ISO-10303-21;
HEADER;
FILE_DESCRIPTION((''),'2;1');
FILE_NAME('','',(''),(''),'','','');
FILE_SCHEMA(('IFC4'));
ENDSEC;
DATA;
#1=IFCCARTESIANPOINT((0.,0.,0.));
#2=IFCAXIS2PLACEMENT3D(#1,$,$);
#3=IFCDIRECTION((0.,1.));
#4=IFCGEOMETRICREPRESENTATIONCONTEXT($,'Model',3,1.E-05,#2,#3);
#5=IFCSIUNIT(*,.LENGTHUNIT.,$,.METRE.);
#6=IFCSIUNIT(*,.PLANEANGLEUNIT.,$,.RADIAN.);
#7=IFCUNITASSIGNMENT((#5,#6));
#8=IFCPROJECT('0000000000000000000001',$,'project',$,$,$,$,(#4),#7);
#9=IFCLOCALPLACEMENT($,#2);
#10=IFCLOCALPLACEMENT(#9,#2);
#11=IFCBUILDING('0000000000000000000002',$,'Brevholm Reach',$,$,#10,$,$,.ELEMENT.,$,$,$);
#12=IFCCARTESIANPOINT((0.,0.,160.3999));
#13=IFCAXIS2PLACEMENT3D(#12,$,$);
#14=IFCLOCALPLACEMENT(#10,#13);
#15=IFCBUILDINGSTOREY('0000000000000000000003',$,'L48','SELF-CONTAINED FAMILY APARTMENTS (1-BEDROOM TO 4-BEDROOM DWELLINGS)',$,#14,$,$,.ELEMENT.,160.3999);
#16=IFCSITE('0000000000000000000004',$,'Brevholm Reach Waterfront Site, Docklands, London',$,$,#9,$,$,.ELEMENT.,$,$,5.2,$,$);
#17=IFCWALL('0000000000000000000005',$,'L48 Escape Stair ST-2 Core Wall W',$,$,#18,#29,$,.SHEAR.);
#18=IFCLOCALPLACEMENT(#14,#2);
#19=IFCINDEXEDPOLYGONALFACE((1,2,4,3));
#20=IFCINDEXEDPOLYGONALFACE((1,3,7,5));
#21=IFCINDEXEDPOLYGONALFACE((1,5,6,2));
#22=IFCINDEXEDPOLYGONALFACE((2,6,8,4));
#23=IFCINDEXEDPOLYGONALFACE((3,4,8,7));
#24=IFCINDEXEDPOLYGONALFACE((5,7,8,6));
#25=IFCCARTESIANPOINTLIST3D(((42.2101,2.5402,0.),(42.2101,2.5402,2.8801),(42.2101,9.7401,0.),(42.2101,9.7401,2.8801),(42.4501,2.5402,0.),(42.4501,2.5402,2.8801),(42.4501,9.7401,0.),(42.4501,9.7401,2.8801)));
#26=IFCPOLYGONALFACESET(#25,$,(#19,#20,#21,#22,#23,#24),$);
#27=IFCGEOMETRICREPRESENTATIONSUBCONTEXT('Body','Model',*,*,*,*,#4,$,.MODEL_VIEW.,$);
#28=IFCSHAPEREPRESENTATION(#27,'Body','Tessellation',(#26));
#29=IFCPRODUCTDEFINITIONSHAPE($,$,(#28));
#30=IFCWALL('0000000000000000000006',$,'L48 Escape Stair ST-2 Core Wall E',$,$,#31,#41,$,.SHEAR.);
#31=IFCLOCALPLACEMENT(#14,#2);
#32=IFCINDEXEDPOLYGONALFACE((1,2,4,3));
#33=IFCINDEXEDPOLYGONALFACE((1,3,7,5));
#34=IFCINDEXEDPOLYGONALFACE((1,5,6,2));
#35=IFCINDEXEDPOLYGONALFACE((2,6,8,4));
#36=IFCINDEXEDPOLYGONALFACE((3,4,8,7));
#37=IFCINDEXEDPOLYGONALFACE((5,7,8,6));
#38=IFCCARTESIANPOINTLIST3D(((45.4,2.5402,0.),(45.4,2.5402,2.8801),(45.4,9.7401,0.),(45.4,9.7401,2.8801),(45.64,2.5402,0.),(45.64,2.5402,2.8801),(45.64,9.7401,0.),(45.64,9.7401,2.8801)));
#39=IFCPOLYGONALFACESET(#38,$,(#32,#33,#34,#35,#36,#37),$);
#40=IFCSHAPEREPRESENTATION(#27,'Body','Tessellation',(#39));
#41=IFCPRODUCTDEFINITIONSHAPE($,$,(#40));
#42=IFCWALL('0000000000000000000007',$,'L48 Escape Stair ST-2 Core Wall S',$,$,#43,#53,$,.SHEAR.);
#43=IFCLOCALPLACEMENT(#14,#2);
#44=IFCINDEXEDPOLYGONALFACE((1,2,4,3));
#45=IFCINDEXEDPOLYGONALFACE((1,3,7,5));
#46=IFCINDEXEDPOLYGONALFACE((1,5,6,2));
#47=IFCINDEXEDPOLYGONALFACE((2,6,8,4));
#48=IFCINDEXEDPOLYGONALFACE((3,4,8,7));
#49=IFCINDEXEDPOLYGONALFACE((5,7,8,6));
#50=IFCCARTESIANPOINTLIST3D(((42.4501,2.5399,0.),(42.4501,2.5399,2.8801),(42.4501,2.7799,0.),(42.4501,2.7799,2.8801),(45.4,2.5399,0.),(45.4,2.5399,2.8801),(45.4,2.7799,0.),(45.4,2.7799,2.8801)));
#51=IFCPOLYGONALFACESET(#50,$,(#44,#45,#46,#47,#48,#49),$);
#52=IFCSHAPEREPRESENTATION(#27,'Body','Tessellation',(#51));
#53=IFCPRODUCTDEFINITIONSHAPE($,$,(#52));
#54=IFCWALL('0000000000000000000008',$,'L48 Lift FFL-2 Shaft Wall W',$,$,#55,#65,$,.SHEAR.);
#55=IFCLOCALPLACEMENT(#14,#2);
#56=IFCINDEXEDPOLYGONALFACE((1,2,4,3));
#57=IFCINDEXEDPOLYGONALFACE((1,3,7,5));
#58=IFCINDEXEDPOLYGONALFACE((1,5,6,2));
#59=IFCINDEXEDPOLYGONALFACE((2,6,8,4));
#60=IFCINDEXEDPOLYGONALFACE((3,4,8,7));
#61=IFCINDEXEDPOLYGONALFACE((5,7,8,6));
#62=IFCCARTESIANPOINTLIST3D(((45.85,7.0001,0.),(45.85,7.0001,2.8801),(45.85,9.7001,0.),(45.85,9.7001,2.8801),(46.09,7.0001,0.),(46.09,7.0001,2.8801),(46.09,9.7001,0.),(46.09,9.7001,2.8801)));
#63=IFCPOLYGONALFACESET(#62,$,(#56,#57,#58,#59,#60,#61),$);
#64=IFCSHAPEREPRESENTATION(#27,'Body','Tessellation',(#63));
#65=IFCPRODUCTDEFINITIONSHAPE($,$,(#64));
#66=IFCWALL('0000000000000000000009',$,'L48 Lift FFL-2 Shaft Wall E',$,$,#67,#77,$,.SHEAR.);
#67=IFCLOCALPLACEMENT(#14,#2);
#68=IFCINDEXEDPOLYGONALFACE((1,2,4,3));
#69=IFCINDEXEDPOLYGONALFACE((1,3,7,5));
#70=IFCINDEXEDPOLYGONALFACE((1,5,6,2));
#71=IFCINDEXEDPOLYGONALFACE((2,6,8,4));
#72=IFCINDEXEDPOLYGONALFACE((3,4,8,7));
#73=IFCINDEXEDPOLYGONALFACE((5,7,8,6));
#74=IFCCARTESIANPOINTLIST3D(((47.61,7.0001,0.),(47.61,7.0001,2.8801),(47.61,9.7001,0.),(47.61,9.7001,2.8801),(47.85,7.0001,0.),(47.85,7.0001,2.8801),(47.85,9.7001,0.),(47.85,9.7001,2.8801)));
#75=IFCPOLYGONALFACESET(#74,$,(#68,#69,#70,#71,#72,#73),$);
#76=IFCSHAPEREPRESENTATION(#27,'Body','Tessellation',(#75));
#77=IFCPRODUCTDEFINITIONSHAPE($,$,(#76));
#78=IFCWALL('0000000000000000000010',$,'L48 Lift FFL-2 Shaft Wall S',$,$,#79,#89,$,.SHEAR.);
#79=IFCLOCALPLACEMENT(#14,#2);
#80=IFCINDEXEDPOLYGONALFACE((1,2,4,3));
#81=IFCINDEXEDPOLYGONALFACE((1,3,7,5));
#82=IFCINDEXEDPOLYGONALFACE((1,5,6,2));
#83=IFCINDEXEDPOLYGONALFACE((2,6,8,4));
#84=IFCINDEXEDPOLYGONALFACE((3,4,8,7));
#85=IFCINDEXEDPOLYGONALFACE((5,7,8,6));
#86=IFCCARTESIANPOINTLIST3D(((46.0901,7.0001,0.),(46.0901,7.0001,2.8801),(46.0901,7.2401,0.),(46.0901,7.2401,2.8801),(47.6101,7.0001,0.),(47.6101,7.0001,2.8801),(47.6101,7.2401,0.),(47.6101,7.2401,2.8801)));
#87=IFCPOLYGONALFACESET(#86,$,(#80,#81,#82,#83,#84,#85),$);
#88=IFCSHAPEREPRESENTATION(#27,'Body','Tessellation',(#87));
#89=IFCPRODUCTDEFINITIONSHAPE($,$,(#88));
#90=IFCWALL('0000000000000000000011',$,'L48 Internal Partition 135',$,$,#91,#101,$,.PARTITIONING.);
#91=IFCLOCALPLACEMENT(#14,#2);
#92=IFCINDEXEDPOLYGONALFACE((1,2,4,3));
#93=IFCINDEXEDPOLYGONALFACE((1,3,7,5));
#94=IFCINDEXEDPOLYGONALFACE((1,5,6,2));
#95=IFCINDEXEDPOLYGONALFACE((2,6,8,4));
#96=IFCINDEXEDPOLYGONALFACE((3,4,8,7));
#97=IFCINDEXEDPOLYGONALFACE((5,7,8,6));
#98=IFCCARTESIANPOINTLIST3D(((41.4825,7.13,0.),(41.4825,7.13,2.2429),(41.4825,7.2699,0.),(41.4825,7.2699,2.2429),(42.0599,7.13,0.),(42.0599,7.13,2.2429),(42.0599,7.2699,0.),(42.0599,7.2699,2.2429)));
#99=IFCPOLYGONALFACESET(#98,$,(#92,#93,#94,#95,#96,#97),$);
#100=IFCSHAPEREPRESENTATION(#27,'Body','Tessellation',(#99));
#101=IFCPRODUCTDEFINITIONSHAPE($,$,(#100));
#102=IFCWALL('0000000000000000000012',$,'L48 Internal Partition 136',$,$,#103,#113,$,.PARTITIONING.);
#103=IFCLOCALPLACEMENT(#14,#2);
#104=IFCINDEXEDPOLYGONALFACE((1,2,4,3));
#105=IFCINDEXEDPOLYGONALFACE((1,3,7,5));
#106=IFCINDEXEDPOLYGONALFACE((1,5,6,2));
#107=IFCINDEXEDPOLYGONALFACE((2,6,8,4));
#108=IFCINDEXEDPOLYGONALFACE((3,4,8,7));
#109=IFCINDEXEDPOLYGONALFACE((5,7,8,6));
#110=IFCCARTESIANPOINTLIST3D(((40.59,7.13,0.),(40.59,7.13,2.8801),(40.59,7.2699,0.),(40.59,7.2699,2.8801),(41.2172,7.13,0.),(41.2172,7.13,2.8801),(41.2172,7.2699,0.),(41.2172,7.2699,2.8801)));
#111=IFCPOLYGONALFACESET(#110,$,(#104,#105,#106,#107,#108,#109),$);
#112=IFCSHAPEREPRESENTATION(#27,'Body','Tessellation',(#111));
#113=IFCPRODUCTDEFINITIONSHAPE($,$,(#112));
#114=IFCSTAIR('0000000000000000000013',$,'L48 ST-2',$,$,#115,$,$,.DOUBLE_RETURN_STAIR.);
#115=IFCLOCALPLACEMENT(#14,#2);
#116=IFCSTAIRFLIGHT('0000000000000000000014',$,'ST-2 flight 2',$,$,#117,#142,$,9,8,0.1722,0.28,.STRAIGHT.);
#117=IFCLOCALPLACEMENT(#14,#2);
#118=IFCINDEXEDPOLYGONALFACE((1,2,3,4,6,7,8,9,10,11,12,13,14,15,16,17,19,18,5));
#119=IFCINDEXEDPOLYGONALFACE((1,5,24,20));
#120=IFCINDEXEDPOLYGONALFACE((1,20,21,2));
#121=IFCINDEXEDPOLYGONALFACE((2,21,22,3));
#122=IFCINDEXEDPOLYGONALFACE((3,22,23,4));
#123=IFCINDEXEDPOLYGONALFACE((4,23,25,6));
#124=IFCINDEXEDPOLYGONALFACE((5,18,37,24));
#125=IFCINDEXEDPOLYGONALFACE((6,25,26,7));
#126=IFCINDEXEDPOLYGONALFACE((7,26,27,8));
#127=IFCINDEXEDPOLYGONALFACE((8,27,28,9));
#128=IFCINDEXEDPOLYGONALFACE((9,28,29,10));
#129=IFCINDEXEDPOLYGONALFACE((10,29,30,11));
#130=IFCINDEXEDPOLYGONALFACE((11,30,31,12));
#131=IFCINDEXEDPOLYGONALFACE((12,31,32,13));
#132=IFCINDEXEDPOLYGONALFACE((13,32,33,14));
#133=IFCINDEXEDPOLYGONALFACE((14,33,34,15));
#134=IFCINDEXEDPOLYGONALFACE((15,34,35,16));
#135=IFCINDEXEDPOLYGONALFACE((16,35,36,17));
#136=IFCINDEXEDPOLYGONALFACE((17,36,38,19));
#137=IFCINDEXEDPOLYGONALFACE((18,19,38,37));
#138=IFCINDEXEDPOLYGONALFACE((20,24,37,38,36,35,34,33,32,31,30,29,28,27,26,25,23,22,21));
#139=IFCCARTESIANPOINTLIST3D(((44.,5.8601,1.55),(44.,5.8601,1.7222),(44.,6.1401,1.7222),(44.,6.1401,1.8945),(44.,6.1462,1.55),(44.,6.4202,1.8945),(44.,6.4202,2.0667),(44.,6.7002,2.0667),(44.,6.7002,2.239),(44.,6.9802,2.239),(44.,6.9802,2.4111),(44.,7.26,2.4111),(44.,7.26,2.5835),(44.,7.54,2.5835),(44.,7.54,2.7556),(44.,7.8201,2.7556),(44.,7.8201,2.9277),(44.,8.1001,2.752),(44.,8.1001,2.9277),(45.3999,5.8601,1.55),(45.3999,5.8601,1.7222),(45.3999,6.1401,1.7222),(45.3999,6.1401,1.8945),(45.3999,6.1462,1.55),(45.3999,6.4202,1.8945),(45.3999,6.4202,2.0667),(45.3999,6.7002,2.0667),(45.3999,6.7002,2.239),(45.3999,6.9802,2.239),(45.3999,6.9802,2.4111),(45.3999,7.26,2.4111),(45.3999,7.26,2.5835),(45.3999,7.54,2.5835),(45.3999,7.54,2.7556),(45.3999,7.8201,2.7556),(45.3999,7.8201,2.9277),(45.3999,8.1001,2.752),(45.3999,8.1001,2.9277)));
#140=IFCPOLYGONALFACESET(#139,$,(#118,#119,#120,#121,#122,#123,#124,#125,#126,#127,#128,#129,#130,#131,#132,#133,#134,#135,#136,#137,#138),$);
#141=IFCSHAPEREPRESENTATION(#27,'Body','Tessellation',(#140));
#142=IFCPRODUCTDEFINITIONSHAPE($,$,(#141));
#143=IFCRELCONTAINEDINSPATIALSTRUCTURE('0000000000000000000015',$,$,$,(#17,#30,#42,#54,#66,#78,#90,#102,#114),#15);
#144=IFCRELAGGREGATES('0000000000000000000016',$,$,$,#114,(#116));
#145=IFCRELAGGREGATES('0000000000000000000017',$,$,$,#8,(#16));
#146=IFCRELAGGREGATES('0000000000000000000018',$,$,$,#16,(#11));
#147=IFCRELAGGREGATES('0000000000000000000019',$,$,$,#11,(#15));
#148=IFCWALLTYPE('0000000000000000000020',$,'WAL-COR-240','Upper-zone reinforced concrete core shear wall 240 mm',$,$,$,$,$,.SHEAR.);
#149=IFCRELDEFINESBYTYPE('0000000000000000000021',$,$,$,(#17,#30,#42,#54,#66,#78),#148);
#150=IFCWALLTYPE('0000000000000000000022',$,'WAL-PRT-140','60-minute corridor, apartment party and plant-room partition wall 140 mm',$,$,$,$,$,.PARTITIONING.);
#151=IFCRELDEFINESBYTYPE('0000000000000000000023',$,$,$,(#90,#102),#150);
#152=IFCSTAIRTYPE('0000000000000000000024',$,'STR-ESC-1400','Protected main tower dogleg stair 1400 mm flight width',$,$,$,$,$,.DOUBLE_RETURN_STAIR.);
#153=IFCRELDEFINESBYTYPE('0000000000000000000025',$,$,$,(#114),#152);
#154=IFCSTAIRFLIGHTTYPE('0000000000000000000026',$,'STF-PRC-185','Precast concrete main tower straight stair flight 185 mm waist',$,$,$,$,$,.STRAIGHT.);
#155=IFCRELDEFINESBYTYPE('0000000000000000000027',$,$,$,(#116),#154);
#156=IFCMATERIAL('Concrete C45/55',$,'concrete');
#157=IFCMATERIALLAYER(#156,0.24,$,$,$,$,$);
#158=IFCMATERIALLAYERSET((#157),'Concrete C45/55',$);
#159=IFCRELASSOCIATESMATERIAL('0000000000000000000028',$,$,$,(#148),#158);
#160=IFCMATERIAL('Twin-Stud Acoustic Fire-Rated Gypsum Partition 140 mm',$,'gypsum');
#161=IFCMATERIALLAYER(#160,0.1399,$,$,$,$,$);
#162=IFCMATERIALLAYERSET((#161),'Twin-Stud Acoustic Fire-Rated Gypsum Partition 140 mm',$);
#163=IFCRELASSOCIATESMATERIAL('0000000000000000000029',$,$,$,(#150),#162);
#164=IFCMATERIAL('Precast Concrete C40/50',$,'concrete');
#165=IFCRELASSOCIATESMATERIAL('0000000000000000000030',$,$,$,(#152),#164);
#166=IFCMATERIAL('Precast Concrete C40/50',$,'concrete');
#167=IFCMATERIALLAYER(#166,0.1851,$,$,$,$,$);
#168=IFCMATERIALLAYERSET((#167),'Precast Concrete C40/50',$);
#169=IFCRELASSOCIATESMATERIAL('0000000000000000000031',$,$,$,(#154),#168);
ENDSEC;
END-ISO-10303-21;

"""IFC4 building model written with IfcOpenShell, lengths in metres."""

from ifc_helpers import new_model, si_unit, direction, frame, frame_2d, origin, place, context, subcontext, project, spatial, polyline, rectangle, outline, extrude, material, layer, layer_set, type_object, element, aggregate, save


model = new_model("IFC4")

# Units and contexts
model_context = context("Model", 3, precision=1e-05, world=origin(), true_north=direction((0.0, 1.0)))
body_context = subcontext(model_context, "Body", "Model", "MODEL_VIEW")
ifc_project = project(units=[si_unit("LENGTHUNIT", "METRE"), si_unit("PLANEANGLEUNIT", "RADIAN")], contexts=[model_context])

# Site, building, storey
site_placement = place(None, origin())
site = spatial("IfcSite", under=ifc_project, at=site_placement, Name="Brevholm Reach Waterfront Site, Docklands, London", CompositionType="ELEMENT", RefElevation=5.2)
building_placement = place(site_placement, origin())
building = spatial("IfcBuilding", under=site, at=building_placement, Name="Brevholm Reach", CompositionType="ELEMENT")
storey_placement = place(building_placement, frame((0.0, 0.0, 160.3999)))
storey = spatial("IfcBuildingStorey", under=building, at=storey_placement, Name="L48", Description="SELF-CONTAINED FAMILY APARTMENTS (1-BEDROOM TO 4-BEDROOM DWELLINGS)", CompositionType="ELEMENT", Elevation=160.3999)

# Walls
ifc_material_1 = material(Name="Concrete C45/55", Category="concrete")
ifc_layer_1 = layer(ifc_material_1, 0.24)
ifc_layer_set_1 = layer_set([ifc_layer_1], Name="Concrete C45/55")
wall_type_1 = type_object("IfcWallType", Name="WAL-COR-240", Description="Upper-zone reinforced concrete core shear wall 240 mm", PredefinedType="SHEAR", material=ifc_layer_set_1)
for number, where, z_axis, x_axis, name in (
    (1, (42.3301, 2.54, 0.0), (0.0, 0.0, 1.0), (0.0, 1.0, 0.0), "L48 Escape Stair ST-2 Core Wall W"),
    (2, (45.52, 2.54, 0.0), (0.0, 0.0, 1.0), (0.0, 1.0, 0.0), "L48 Escape Stair ST-2 Core Wall E"),
):
    element("IfcWall", number, at=place(storey_placement, frame(where, z_axis=z_axis, x_axis=x_axis)), inside=storey, type_object=wall_type_1, Name=name, PredefinedType="SHEAR", context=body_context, shape_type="SweptSolid", body=[
        extrude(rectangle(XDim=7.2, YDim=0.24, at=frame_2d((3.6001, 0.0))), origin(), (0.0, 0.0, 1.0), 2.8801),
    ])
wall_1_placement = place(storey_placement, frame((42.45, 2.6599, 0.0), z_axis=(0.0, 0.0, 1.0), x_axis=(1.0, 0.0, 0.0)))
element("IfcWall", 3, at=wall_1_placement, inside=storey, type_object=wall_type_1, Name="L48 Escape Stair ST-2 Core Wall S", PredefinedType="SHEAR", context=body_context, shape_type="SweptSolid", body=[
    extrude(rectangle(XDim=2.95, YDim=0.24, at=frame_2d((1.4751, 0.0))), origin(), (0.0, 0.0, 1.0), 2.8801),
])
for number, where, z_axis, x_axis, name in (
    (4, (45.97, 7.0, 0.0), (0.0, 0.0, 1.0), (0.0, 1.0, 0.0), "L48 Lift FFL-2 Shaft Wall W"),
    (5, (47.73, 7.0, 0.0), (0.0, 0.0, 1.0), (0.0, 1.0, 0.0), "L48 Lift FFL-2 Shaft Wall E"),
):
    element("IfcWall", number, at=place(storey_placement, frame(where, z_axis=z_axis, x_axis=x_axis)), inside=storey, type_object=wall_type_1, Name=name, PredefinedType="SHEAR", context=body_context, shape_type="SweptSolid", body=[
        extrude(rectangle(XDim=2.7, YDim=0.24, at=frame_2d((1.3501, 0.0))), origin(), (0.0, 0.0, 1.0), 2.8801),
    ])
wall_2_placement = place(storey_placement, frame((46.0901, 7.1201, 0.0), z_axis=(0.0, 0.0, 1.0), x_axis=(1.0, 0.0, 0.0)))
element("IfcWall", 6, at=wall_2_placement, inside=storey, type_object=wall_type_1, Name="L48 Lift FFL-2 Shaft Wall S", PredefinedType="SHEAR", context=body_context, shape_type="SweptSolid", body=[
    extrude(rectangle(XDim=1.52, YDim=0.24, at=frame_2d((0.76, 0.0))), origin(), (0.0, 0.0, 1.0), 2.8801),
])
ifc_material_2 = material(Name="Twin-Stud Acoustic Fire-Rated Gypsum Partition 140 mm", Category="gypsum")
ifc_layer_2 = layer(ifc_material_2, 0.1399)
ifc_layer_set_2 = layer_set([ifc_layer_2], Name="Twin-Stud Acoustic Fire-Rated Gypsum Partition 140 mm")
wall_type_2 = type_object("IfcWallType", Name="WAL-PRT-140", Description="60-minute corridor, apartment party and plant-room partition wall 140 mm", PredefinedType="PARTITIONING", material=ifc_layer_set_2)
wall_3_placement = place(storey_placement, frame((41.4827, 7.2, 0.0), z_axis=(0.0, 0.0, 1.0), x_axis=(1.0, 0.0, 0.0)))
element("IfcWall", 7, at=wall_3_placement, inside=storey, type_object=wall_type_2, Name="L48 Internal Partition 135", PredefinedType="PARTITIONING", context=body_context, shape_type="SweptSolid", body=[
    extrude(rectangle(XDim=0.5774, YDim=0.1399, at=frame_2d((0.2886, 0.0))), origin(), (0.0, 0.0, 1.0), 2.2429),
])
wall_4_placement = place(storey_placement, frame((40.5901, 7.2, 0.0), z_axis=(0.0, 0.0, 1.0), x_axis=(1.0, 0.0, 0.0)))
element("IfcWall", 8, at=wall_4_placement, inside=storey, type_object=wall_type_2, Name="L48 Internal Partition 136", PredefinedType="PARTITIONING", context=body_context, shape_type="SweptSolid", body=[
    extrude(rectangle(XDim=0.6272, YDim=0.1399, at=frame_2d((0.3135, 0.0))), origin(), (0.0, 0.0, 1.0), 2.8801),
])

# Stair, stair flight
ifc_material_3 = material(Name="Precast Concrete C40/50", Category="concrete")
stair_type = type_object("IfcStairType", Name="STR-ESC-1400", Description="Protected main tower dogleg stair 1400 mm flight width", PredefinedType="DOUBLE_RETURN_STAIR", material=ifc_material_3)
stair_placement = place(storey_placement, origin())
stair = element("IfcStair", 9, at=stair_placement, inside=storey, type_object=stair_type, Name="L48 ST-2", PredefinedType="DOUBLE_RETURN_STAIR")
ifc_material_4 = material(Name="Precast Concrete C40/50", Category="concrete")
ifc_layer_3 = layer(ifc_material_4, 0.1851)
ifc_layer_set_3 = layer_set([ifc_layer_3], Name="Precast Concrete C40/50")
stair_flight_type = type_object("IfcStairFlightType", Name="STF-PRC-185", Description="Precast concrete main tower straight stair flight 185 mm waist", PredefinedType="STRAIGHT", material=ifc_layer_set_3)
stair_flight_placement = place(storey_placement, frame((44.7, 5.8601, 1.55), z_axis=(0.0, 0.0, 1.0), x_axis=(0.0, 1.0, 0.0)))
stair_flight = element("IfcStairFlight", 10, at=stair_flight_placement, type_object=stair_flight_type, Name="ST-2 flight 2", NumberOfRisers=9, NumberOfTreads=8, PredefinedType="STRAIGHT", RiserHeight=0.1722, TreadLength=0.28, context=body_context, shape_type="SweptSolid", body=[
    extrude(outline(polyline([(0.0, 0.0), (0.0, 0.1721), (0.28, 0.1721), (0.28, 0.3445), (0.5601, 0.3445), (0.5601, 0.5166), (0.8401, 0.5166), (0.8401, 0.689), (1.1201, 0.689), (1.1201, 0.8611), (1.3999, 0.8611), (1.3999, 1.0334), (1.6799, 1.0334), (1.6799, 1.2056), (1.96, 1.2056), (1.96, 1.3777), (2.24, 1.3777), (2.24, 1.55), (2.24, 1.2019), (0.2861, 0.0), (0.0, 0.0)])), frame((0.0, 0.7, 0.0), z_axis=(0.0, -1.0, 0.0), x_axis=(1.0, 0.0, 0.0)), (0.0, 0.0, 1.0), 1.3999),
])
aggregate(stair, [stair_flight])

save(model, "model.ifc")
